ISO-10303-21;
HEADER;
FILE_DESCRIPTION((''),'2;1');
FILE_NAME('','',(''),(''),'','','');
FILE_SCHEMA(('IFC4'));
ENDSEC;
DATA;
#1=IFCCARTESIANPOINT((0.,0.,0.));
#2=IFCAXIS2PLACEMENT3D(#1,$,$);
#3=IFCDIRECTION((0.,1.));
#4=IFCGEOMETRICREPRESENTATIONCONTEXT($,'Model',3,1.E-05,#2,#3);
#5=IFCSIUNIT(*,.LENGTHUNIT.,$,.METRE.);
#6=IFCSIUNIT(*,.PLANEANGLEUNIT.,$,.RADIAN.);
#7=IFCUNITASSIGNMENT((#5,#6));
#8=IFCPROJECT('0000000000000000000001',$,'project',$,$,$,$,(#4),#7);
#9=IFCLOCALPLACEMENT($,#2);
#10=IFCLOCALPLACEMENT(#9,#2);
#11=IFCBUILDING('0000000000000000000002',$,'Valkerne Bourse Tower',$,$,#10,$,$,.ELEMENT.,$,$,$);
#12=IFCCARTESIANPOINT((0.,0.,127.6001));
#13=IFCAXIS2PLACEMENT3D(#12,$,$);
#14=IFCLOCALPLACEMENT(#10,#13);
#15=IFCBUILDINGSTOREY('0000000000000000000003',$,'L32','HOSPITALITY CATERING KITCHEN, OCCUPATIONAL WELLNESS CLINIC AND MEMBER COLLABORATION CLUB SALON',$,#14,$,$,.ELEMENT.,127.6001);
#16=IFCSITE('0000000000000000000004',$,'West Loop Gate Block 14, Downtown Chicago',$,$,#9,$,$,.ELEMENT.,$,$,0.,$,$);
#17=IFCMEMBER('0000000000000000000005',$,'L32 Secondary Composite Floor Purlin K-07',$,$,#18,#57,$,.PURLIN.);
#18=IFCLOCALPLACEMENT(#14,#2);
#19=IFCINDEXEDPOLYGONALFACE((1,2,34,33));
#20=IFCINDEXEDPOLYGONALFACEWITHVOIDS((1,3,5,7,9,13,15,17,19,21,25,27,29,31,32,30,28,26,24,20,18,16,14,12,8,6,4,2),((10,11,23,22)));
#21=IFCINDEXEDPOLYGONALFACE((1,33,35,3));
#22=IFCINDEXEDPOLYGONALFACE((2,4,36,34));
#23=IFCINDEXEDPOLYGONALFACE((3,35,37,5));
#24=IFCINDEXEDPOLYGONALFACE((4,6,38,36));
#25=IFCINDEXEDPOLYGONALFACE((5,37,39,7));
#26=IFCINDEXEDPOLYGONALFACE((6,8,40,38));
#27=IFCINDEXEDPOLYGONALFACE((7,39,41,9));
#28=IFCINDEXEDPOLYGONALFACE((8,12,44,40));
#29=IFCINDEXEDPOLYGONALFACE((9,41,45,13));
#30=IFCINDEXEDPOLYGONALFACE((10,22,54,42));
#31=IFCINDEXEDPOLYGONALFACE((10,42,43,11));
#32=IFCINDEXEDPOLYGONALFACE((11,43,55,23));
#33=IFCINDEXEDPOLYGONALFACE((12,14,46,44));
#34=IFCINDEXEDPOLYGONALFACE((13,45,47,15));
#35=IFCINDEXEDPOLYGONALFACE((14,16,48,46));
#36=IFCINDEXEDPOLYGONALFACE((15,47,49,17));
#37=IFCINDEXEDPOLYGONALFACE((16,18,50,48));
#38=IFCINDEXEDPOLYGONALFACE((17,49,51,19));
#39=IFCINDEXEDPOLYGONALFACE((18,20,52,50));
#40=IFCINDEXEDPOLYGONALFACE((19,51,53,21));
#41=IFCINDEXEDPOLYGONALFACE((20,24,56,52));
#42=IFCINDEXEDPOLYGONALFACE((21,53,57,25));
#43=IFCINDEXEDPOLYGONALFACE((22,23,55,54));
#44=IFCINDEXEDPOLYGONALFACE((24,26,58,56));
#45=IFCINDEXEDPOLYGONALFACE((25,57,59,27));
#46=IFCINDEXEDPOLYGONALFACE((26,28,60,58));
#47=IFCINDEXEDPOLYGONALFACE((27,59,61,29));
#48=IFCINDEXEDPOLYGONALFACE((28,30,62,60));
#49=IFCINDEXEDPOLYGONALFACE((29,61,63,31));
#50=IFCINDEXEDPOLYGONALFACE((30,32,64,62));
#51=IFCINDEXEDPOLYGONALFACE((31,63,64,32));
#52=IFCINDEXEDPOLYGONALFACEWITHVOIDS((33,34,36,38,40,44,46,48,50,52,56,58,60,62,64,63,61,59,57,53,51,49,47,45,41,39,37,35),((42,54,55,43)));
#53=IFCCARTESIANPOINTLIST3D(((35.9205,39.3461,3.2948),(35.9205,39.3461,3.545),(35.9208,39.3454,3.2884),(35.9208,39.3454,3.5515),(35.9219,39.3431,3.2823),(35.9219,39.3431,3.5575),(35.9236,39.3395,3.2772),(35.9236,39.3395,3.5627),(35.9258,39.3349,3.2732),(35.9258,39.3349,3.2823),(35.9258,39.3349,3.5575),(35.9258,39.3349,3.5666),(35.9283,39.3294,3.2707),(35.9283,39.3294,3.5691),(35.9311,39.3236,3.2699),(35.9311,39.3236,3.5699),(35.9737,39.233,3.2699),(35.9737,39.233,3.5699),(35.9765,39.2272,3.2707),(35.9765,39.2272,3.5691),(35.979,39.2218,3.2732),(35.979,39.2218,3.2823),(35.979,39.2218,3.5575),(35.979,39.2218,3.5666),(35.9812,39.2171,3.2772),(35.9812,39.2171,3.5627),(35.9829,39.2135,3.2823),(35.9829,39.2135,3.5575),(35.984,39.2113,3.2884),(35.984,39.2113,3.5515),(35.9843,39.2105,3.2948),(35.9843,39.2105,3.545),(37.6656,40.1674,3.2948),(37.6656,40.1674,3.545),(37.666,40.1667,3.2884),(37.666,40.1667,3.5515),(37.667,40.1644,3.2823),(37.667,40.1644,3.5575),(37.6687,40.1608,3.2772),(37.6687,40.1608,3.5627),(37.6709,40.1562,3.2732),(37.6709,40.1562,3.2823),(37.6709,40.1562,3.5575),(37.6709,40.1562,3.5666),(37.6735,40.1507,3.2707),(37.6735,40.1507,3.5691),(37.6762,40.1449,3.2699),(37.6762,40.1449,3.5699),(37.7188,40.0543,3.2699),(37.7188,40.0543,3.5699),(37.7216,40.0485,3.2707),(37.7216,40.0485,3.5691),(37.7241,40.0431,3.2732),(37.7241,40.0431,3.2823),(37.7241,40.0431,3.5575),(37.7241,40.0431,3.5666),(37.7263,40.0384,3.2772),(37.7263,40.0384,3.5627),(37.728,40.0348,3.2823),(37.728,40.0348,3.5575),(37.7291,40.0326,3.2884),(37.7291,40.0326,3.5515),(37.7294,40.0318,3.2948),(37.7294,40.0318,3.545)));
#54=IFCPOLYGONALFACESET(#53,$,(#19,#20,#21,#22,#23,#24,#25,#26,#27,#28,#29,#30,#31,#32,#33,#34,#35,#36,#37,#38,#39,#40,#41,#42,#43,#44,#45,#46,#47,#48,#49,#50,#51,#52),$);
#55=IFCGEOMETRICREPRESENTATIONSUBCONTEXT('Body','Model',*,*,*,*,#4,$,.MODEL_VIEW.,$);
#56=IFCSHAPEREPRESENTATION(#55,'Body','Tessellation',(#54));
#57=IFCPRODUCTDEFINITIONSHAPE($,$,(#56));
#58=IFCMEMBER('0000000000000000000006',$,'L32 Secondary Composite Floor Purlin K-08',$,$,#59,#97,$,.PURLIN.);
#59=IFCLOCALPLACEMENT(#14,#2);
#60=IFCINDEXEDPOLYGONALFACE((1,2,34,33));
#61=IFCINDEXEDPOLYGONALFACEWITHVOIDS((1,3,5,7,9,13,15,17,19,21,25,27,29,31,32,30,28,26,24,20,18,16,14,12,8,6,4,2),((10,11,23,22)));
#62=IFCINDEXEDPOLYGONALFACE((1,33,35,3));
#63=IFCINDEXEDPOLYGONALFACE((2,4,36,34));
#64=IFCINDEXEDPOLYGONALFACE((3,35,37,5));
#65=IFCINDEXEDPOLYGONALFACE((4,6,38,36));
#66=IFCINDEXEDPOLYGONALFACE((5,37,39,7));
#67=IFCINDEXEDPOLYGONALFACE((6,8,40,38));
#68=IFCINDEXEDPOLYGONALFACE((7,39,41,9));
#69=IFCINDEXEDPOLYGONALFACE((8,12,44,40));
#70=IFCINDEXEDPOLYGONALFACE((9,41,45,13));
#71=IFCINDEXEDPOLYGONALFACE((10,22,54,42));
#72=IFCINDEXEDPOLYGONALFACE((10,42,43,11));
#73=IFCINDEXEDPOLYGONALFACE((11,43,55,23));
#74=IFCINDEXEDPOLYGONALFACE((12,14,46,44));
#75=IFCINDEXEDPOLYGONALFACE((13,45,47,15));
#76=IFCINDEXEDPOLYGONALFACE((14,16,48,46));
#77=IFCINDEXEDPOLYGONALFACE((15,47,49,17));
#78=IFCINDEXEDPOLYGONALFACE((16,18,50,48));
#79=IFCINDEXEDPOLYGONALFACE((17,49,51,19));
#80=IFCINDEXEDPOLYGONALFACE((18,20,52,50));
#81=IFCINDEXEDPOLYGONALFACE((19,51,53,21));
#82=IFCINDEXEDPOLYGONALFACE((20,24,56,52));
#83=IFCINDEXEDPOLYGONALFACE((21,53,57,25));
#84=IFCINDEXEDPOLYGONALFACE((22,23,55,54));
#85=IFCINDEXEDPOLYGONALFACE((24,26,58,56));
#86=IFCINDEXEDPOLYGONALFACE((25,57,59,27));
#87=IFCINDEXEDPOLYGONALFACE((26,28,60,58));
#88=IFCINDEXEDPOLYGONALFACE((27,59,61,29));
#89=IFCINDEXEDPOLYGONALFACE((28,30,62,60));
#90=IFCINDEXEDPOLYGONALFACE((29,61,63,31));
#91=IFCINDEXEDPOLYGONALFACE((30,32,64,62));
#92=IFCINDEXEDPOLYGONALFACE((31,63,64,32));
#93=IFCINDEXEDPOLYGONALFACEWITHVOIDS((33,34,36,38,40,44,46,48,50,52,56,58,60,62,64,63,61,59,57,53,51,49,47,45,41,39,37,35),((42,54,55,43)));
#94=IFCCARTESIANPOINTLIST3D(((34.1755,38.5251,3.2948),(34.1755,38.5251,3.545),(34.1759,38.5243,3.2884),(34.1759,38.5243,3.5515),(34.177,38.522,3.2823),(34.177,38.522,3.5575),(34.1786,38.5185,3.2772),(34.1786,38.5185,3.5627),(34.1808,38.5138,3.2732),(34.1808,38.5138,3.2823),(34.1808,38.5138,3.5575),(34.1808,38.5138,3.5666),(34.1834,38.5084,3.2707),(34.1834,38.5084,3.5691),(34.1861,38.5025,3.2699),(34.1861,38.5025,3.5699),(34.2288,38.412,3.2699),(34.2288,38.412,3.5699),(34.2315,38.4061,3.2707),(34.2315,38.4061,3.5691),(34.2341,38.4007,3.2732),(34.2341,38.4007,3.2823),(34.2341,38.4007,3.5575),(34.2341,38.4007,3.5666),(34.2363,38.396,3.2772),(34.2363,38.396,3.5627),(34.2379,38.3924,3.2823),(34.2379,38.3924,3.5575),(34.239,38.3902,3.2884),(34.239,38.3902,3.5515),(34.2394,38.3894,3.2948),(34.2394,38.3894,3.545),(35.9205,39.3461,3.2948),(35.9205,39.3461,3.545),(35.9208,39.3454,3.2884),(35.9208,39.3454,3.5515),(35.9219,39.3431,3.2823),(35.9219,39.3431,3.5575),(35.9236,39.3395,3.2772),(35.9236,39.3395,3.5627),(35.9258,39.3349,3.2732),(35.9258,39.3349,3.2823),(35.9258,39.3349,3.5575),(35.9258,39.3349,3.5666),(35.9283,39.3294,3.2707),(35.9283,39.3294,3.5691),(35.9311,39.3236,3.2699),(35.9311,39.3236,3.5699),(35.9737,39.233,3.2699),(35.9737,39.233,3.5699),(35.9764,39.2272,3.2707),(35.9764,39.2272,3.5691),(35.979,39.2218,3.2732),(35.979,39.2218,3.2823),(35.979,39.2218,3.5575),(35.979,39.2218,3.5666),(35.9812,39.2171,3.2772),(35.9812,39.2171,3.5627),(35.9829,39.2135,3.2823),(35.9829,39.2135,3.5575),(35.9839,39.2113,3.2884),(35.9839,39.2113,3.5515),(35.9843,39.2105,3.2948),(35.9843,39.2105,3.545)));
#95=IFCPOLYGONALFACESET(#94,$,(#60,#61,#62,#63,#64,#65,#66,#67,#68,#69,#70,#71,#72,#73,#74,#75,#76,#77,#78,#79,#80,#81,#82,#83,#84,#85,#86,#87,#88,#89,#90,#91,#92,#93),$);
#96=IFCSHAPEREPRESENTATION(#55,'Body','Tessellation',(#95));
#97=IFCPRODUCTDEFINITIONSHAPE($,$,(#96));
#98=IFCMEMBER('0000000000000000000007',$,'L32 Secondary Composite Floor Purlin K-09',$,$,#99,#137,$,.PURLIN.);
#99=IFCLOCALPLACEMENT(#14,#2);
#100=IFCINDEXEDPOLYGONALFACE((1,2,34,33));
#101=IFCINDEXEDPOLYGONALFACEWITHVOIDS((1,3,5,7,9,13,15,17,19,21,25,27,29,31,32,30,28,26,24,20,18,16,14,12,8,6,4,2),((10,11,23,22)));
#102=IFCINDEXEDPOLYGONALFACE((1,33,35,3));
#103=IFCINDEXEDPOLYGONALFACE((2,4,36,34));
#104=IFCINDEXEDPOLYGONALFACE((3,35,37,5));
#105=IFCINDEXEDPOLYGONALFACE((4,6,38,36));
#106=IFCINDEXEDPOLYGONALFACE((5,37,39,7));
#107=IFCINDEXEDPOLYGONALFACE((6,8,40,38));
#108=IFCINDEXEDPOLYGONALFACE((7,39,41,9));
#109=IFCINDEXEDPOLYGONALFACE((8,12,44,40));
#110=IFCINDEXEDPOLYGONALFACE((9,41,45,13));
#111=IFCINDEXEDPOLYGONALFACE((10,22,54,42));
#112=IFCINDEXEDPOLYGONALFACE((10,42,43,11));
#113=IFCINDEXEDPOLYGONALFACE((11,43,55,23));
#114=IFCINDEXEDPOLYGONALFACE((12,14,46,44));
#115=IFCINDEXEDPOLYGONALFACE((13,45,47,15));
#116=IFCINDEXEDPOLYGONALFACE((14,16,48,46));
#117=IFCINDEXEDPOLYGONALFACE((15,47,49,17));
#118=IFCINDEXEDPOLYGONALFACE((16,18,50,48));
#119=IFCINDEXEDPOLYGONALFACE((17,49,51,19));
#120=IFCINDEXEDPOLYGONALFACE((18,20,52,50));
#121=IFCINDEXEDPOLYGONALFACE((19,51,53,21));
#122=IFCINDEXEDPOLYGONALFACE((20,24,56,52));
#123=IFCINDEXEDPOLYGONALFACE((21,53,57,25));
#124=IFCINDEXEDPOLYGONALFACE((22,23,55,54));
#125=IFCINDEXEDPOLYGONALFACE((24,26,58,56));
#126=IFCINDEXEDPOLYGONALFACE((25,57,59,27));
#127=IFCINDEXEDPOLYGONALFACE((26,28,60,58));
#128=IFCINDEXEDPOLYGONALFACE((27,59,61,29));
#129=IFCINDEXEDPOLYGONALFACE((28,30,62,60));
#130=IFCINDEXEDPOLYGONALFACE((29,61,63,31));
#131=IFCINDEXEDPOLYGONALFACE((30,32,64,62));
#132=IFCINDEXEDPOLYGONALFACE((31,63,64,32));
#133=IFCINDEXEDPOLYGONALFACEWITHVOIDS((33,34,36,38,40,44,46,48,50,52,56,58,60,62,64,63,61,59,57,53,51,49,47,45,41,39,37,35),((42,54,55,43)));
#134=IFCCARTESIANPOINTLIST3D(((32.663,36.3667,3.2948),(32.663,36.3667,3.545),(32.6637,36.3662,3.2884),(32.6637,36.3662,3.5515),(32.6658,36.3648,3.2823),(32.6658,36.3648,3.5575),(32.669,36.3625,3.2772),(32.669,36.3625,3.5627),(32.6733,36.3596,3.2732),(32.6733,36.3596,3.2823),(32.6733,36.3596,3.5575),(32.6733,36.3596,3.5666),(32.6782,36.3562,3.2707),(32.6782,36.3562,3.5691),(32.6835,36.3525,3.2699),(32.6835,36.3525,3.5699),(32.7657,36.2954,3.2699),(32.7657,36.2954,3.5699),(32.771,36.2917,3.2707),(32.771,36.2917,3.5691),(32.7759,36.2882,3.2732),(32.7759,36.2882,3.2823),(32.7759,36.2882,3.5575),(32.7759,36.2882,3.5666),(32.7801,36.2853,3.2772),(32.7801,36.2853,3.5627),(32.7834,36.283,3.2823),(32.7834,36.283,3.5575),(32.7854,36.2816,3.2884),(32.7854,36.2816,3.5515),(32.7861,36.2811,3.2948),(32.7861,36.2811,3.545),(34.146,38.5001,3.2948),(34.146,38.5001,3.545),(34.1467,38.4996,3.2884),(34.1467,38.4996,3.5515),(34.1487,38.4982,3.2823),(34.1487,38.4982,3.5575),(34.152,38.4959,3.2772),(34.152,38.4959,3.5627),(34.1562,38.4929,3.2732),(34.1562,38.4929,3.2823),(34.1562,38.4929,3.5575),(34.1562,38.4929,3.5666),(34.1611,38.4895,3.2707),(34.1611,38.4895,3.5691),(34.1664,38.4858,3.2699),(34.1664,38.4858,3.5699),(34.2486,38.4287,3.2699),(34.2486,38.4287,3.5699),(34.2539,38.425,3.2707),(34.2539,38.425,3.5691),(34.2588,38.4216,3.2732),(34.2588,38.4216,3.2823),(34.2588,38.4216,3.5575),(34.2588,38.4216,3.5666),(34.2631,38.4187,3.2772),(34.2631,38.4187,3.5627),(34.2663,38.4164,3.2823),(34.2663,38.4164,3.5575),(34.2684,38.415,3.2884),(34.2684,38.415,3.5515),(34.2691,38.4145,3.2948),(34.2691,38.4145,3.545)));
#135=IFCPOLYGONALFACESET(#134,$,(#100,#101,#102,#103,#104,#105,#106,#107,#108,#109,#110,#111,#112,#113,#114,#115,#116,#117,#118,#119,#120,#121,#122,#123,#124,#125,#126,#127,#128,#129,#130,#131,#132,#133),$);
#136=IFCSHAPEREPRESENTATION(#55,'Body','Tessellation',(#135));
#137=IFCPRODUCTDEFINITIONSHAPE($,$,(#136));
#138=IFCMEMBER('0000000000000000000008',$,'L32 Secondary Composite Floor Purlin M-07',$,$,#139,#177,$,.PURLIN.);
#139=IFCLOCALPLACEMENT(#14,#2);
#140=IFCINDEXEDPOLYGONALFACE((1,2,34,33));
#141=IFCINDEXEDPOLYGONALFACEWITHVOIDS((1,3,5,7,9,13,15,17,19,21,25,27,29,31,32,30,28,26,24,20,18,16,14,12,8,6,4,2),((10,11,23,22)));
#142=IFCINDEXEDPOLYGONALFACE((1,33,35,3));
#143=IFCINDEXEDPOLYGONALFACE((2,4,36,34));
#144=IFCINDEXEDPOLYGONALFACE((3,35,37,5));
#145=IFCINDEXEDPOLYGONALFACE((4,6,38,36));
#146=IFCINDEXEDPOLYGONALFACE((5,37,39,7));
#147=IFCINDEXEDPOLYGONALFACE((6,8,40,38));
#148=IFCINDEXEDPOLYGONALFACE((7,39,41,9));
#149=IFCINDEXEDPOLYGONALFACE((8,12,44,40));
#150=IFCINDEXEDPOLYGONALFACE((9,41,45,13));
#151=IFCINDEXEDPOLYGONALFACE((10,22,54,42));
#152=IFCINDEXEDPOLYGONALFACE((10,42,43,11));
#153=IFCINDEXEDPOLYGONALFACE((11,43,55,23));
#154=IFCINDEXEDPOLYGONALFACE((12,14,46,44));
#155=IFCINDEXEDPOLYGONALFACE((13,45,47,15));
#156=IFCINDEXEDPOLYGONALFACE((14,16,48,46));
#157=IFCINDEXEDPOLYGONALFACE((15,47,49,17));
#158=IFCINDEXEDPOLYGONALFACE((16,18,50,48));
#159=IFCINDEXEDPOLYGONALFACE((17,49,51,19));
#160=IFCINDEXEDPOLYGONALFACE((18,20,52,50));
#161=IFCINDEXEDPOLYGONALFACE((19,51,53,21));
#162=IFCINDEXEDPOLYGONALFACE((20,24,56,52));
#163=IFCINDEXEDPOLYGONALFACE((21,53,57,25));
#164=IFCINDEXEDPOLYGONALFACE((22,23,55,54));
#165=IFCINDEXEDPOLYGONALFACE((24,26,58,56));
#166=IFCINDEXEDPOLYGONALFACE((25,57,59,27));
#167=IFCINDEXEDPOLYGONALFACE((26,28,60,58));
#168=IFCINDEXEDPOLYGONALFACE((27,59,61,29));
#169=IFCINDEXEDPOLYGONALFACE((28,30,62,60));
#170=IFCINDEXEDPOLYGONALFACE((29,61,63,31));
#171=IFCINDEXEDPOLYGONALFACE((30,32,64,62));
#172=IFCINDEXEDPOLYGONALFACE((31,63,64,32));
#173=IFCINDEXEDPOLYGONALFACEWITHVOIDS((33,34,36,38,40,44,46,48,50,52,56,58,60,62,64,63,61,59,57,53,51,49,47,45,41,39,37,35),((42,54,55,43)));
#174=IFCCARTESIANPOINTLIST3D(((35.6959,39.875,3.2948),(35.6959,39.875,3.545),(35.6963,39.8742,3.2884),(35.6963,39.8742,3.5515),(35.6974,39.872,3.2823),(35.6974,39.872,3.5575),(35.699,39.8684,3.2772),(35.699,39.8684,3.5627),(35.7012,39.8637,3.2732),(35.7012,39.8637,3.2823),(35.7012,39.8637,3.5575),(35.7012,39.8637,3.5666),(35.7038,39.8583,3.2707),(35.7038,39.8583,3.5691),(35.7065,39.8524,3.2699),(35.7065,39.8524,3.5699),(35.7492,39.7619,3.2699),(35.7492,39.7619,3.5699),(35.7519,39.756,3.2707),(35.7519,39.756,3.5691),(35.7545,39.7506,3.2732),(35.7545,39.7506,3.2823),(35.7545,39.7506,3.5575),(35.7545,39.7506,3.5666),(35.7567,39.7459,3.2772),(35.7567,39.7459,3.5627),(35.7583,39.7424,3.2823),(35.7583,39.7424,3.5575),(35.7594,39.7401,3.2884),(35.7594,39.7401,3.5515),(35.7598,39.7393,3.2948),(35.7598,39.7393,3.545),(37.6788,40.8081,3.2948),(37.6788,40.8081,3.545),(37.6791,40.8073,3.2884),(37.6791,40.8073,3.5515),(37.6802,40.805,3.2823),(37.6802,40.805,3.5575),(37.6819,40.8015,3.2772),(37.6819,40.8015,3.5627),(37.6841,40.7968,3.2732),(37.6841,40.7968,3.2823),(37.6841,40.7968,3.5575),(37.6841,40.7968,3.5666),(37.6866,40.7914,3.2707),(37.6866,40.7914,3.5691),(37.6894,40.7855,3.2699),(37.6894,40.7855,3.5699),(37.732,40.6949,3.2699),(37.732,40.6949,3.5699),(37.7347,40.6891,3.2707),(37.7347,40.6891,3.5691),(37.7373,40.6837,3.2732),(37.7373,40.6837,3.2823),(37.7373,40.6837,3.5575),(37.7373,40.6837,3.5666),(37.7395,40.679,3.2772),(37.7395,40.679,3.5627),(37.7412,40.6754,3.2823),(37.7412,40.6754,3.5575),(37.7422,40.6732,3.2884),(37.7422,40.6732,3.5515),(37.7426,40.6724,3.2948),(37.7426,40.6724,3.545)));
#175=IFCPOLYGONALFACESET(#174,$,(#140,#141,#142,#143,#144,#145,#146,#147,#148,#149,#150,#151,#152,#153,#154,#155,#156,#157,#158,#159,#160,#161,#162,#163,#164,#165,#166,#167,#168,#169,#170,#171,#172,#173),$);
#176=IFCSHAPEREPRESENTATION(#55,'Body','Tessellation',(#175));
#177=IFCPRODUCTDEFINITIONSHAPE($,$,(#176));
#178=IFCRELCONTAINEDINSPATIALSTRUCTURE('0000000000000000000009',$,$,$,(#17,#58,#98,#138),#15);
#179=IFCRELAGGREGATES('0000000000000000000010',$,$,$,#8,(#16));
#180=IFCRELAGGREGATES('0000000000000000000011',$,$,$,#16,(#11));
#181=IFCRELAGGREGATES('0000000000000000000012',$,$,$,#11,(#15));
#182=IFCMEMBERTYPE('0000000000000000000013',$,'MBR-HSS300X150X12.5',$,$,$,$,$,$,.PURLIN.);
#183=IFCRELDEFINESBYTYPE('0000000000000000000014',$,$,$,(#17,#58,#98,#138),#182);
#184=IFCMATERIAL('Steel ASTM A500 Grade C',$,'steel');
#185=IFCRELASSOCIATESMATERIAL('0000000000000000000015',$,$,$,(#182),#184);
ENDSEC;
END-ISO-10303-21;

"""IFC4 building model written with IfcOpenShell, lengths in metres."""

from ifc_helpers import new_model, si_unit, direction, frame, origin, origin_2d, place, context, subcontext, project, spatial, hollow_rectangle, extrude, material, material_profile, profile_set, type_object, element, save


model = new_model("IFC4")

# Units and contexts
model_context = context("Model", 3, precision=1e-05, world=origin(), true_north=direction((0.0, 1.0)))
body_context = subcontext(model_context, "Body", "Model", "MODEL_VIEW")
ifc_project = project(units=[si_unit("LENGTHUNIT", "METRE"), si_unit("PLANEANGLEUNIT", "RADIAN")], contexts=[model_context])

# Site, building, storey
site_placement = place(None, origin())
site = spatial("IfcSite", under=ifc_project, at=site_placement, Name="West Loop Gate Block 14, Downtown Chicago", CompositionType="ELEMENT", RefElevation=0.0)
building_placement = place(site_placement, origin())
building = spatial("IfcBuilding", under=site, at=building_placement, Name="Valkerne Bourse Tower", CompositionType="ELEMENT")
storey_placement = place(building_placement, frame((0.0, 0.0, 127.6001)))
storey = spatial("IfcBuildingStorey", under=building, at=storey_placement, Name="L32", Description="HOSPITALITY CATERING KITCHEN, OCCUPATIONAL WELLNESS CLINIC AND MEMBER COLLABORATION CLUB SALON", CompositionType="ELEMENT", Elevation=127.6001)

# Members
ifc_material_1 = material(Name="Steel ASTM A500 Grade C", Category="steel")
ifc_material_profile_1 = material_profile(ifc_material_1, hollow_rectangle(XDim=0.1499, YDim=0.3, WallThickness=0.0125, OuterFilletRadius=0.0249, at=origin_2d()), Name="HSS300X150X12.5")
ifc_profile_set_1 = profile_set([ifc_material_profile_1], Name="Steel ASTM A500 Grade C")
member_type_1 = type_object("IfcMemberType", Name="MBR-HSS300X150X12.5", PredefinedType="PURLIN", material=ifc_profile_set_1)
member_1_placement = place(storey_placement, frame((37.6975, 40.0996, 3.4199), z_axis=(-0.904807, -0.425821, 0.0), x_axis=(0.425821, -0.904807, 0.0)))
element("IfcMember", 1, at=member_1_placement, inside=storey, type_object=member_type_1, Name="L32 Secondary Composite Floor Purlin K-07", PredefinedType="PURLIN", context=body_context, shape_type="SweptSolid", body=[
    extrude(hollow_rectangle(XDim=0.1499, YDim=0.3, WallThickness=0.0125, OuterFilletRadius=0.0249, at=origin_2d()), origin(), (0.0, 0.0, 1.0), 1.9287),
])
member_2_placement = place(storey_placement, frame((35.9524, 39.2783, 3.4199), z_axis=(-0.904833, -0.425767, 0.0), x_axis=(0.425767, -0.904833, 0.0)))
element("IfcMember", 2, at=member_2_placement, inside=storey, type_object=member_type_1, Name="L32 Secondary Composite Floor Purlin K-08", PredefinedType="PURLIN", context=body_context, shape_type="SweptSolid", body=[
    extrude(hollow_rectangle(XDim=0.1499, YDim=0.3, WallThickness=0.0125, OuterFilletRadius=0.0249, at=origin_2d()), origin(), (0.0, 0.0, 1.0), 1.9285),
])
member_3_placement = place(storey_placement, frame((34.2075, 38.4573, 3.4199), z_axis=(-0.570773, -0.821108, 0.0), x_axis=(0.821108, -0.570773, 0.0)))
element("IfcMember", 3, at=member_3_placement, inside=storey, type_object=member_type_1, Name="L32 Secondary Composite Floor Purlin K-09", PredefinedType="PURLIN", context=body_context, shape_type="SweptSolid", body=[
    extrude(hollow_rectangle(XDim=0.1499, YDim=0.3, WallThickness=0.0125, OuterFilletRadius=0.0249, at=origin_2d()), origin(), (0.0, 0.0, 1.0), 2.5981),
])
for number, where, z_axis, x_axis, name in (
    (4, (37.7107, 40.7402, 3.4199), (-0.904824, -0.425786, 0.0), (0.425786, -0.904824, 0.0), "L32 Secondary Composite Floor Purlin M-07"),
):
    element("IfcMember", number, at=place(storey_placement, frame(where, z_axis=z_axis, x_axis=x_axis)), inside=storey, type_object=member_type_1, Name=name, PredefinedType="PURLIN", context=body_context, shape_type="SweptSolid", body=[
        extrude(hollow_rectangle(XDim=0.1499, YDim=0.3, WallThickness=0.0125, OuterFilletRadius=0.0249, at=origin_2d()), origin(), (0.0, 0.0, 1.0), 2.1914),
    ])

save(model, "model.ifc")
